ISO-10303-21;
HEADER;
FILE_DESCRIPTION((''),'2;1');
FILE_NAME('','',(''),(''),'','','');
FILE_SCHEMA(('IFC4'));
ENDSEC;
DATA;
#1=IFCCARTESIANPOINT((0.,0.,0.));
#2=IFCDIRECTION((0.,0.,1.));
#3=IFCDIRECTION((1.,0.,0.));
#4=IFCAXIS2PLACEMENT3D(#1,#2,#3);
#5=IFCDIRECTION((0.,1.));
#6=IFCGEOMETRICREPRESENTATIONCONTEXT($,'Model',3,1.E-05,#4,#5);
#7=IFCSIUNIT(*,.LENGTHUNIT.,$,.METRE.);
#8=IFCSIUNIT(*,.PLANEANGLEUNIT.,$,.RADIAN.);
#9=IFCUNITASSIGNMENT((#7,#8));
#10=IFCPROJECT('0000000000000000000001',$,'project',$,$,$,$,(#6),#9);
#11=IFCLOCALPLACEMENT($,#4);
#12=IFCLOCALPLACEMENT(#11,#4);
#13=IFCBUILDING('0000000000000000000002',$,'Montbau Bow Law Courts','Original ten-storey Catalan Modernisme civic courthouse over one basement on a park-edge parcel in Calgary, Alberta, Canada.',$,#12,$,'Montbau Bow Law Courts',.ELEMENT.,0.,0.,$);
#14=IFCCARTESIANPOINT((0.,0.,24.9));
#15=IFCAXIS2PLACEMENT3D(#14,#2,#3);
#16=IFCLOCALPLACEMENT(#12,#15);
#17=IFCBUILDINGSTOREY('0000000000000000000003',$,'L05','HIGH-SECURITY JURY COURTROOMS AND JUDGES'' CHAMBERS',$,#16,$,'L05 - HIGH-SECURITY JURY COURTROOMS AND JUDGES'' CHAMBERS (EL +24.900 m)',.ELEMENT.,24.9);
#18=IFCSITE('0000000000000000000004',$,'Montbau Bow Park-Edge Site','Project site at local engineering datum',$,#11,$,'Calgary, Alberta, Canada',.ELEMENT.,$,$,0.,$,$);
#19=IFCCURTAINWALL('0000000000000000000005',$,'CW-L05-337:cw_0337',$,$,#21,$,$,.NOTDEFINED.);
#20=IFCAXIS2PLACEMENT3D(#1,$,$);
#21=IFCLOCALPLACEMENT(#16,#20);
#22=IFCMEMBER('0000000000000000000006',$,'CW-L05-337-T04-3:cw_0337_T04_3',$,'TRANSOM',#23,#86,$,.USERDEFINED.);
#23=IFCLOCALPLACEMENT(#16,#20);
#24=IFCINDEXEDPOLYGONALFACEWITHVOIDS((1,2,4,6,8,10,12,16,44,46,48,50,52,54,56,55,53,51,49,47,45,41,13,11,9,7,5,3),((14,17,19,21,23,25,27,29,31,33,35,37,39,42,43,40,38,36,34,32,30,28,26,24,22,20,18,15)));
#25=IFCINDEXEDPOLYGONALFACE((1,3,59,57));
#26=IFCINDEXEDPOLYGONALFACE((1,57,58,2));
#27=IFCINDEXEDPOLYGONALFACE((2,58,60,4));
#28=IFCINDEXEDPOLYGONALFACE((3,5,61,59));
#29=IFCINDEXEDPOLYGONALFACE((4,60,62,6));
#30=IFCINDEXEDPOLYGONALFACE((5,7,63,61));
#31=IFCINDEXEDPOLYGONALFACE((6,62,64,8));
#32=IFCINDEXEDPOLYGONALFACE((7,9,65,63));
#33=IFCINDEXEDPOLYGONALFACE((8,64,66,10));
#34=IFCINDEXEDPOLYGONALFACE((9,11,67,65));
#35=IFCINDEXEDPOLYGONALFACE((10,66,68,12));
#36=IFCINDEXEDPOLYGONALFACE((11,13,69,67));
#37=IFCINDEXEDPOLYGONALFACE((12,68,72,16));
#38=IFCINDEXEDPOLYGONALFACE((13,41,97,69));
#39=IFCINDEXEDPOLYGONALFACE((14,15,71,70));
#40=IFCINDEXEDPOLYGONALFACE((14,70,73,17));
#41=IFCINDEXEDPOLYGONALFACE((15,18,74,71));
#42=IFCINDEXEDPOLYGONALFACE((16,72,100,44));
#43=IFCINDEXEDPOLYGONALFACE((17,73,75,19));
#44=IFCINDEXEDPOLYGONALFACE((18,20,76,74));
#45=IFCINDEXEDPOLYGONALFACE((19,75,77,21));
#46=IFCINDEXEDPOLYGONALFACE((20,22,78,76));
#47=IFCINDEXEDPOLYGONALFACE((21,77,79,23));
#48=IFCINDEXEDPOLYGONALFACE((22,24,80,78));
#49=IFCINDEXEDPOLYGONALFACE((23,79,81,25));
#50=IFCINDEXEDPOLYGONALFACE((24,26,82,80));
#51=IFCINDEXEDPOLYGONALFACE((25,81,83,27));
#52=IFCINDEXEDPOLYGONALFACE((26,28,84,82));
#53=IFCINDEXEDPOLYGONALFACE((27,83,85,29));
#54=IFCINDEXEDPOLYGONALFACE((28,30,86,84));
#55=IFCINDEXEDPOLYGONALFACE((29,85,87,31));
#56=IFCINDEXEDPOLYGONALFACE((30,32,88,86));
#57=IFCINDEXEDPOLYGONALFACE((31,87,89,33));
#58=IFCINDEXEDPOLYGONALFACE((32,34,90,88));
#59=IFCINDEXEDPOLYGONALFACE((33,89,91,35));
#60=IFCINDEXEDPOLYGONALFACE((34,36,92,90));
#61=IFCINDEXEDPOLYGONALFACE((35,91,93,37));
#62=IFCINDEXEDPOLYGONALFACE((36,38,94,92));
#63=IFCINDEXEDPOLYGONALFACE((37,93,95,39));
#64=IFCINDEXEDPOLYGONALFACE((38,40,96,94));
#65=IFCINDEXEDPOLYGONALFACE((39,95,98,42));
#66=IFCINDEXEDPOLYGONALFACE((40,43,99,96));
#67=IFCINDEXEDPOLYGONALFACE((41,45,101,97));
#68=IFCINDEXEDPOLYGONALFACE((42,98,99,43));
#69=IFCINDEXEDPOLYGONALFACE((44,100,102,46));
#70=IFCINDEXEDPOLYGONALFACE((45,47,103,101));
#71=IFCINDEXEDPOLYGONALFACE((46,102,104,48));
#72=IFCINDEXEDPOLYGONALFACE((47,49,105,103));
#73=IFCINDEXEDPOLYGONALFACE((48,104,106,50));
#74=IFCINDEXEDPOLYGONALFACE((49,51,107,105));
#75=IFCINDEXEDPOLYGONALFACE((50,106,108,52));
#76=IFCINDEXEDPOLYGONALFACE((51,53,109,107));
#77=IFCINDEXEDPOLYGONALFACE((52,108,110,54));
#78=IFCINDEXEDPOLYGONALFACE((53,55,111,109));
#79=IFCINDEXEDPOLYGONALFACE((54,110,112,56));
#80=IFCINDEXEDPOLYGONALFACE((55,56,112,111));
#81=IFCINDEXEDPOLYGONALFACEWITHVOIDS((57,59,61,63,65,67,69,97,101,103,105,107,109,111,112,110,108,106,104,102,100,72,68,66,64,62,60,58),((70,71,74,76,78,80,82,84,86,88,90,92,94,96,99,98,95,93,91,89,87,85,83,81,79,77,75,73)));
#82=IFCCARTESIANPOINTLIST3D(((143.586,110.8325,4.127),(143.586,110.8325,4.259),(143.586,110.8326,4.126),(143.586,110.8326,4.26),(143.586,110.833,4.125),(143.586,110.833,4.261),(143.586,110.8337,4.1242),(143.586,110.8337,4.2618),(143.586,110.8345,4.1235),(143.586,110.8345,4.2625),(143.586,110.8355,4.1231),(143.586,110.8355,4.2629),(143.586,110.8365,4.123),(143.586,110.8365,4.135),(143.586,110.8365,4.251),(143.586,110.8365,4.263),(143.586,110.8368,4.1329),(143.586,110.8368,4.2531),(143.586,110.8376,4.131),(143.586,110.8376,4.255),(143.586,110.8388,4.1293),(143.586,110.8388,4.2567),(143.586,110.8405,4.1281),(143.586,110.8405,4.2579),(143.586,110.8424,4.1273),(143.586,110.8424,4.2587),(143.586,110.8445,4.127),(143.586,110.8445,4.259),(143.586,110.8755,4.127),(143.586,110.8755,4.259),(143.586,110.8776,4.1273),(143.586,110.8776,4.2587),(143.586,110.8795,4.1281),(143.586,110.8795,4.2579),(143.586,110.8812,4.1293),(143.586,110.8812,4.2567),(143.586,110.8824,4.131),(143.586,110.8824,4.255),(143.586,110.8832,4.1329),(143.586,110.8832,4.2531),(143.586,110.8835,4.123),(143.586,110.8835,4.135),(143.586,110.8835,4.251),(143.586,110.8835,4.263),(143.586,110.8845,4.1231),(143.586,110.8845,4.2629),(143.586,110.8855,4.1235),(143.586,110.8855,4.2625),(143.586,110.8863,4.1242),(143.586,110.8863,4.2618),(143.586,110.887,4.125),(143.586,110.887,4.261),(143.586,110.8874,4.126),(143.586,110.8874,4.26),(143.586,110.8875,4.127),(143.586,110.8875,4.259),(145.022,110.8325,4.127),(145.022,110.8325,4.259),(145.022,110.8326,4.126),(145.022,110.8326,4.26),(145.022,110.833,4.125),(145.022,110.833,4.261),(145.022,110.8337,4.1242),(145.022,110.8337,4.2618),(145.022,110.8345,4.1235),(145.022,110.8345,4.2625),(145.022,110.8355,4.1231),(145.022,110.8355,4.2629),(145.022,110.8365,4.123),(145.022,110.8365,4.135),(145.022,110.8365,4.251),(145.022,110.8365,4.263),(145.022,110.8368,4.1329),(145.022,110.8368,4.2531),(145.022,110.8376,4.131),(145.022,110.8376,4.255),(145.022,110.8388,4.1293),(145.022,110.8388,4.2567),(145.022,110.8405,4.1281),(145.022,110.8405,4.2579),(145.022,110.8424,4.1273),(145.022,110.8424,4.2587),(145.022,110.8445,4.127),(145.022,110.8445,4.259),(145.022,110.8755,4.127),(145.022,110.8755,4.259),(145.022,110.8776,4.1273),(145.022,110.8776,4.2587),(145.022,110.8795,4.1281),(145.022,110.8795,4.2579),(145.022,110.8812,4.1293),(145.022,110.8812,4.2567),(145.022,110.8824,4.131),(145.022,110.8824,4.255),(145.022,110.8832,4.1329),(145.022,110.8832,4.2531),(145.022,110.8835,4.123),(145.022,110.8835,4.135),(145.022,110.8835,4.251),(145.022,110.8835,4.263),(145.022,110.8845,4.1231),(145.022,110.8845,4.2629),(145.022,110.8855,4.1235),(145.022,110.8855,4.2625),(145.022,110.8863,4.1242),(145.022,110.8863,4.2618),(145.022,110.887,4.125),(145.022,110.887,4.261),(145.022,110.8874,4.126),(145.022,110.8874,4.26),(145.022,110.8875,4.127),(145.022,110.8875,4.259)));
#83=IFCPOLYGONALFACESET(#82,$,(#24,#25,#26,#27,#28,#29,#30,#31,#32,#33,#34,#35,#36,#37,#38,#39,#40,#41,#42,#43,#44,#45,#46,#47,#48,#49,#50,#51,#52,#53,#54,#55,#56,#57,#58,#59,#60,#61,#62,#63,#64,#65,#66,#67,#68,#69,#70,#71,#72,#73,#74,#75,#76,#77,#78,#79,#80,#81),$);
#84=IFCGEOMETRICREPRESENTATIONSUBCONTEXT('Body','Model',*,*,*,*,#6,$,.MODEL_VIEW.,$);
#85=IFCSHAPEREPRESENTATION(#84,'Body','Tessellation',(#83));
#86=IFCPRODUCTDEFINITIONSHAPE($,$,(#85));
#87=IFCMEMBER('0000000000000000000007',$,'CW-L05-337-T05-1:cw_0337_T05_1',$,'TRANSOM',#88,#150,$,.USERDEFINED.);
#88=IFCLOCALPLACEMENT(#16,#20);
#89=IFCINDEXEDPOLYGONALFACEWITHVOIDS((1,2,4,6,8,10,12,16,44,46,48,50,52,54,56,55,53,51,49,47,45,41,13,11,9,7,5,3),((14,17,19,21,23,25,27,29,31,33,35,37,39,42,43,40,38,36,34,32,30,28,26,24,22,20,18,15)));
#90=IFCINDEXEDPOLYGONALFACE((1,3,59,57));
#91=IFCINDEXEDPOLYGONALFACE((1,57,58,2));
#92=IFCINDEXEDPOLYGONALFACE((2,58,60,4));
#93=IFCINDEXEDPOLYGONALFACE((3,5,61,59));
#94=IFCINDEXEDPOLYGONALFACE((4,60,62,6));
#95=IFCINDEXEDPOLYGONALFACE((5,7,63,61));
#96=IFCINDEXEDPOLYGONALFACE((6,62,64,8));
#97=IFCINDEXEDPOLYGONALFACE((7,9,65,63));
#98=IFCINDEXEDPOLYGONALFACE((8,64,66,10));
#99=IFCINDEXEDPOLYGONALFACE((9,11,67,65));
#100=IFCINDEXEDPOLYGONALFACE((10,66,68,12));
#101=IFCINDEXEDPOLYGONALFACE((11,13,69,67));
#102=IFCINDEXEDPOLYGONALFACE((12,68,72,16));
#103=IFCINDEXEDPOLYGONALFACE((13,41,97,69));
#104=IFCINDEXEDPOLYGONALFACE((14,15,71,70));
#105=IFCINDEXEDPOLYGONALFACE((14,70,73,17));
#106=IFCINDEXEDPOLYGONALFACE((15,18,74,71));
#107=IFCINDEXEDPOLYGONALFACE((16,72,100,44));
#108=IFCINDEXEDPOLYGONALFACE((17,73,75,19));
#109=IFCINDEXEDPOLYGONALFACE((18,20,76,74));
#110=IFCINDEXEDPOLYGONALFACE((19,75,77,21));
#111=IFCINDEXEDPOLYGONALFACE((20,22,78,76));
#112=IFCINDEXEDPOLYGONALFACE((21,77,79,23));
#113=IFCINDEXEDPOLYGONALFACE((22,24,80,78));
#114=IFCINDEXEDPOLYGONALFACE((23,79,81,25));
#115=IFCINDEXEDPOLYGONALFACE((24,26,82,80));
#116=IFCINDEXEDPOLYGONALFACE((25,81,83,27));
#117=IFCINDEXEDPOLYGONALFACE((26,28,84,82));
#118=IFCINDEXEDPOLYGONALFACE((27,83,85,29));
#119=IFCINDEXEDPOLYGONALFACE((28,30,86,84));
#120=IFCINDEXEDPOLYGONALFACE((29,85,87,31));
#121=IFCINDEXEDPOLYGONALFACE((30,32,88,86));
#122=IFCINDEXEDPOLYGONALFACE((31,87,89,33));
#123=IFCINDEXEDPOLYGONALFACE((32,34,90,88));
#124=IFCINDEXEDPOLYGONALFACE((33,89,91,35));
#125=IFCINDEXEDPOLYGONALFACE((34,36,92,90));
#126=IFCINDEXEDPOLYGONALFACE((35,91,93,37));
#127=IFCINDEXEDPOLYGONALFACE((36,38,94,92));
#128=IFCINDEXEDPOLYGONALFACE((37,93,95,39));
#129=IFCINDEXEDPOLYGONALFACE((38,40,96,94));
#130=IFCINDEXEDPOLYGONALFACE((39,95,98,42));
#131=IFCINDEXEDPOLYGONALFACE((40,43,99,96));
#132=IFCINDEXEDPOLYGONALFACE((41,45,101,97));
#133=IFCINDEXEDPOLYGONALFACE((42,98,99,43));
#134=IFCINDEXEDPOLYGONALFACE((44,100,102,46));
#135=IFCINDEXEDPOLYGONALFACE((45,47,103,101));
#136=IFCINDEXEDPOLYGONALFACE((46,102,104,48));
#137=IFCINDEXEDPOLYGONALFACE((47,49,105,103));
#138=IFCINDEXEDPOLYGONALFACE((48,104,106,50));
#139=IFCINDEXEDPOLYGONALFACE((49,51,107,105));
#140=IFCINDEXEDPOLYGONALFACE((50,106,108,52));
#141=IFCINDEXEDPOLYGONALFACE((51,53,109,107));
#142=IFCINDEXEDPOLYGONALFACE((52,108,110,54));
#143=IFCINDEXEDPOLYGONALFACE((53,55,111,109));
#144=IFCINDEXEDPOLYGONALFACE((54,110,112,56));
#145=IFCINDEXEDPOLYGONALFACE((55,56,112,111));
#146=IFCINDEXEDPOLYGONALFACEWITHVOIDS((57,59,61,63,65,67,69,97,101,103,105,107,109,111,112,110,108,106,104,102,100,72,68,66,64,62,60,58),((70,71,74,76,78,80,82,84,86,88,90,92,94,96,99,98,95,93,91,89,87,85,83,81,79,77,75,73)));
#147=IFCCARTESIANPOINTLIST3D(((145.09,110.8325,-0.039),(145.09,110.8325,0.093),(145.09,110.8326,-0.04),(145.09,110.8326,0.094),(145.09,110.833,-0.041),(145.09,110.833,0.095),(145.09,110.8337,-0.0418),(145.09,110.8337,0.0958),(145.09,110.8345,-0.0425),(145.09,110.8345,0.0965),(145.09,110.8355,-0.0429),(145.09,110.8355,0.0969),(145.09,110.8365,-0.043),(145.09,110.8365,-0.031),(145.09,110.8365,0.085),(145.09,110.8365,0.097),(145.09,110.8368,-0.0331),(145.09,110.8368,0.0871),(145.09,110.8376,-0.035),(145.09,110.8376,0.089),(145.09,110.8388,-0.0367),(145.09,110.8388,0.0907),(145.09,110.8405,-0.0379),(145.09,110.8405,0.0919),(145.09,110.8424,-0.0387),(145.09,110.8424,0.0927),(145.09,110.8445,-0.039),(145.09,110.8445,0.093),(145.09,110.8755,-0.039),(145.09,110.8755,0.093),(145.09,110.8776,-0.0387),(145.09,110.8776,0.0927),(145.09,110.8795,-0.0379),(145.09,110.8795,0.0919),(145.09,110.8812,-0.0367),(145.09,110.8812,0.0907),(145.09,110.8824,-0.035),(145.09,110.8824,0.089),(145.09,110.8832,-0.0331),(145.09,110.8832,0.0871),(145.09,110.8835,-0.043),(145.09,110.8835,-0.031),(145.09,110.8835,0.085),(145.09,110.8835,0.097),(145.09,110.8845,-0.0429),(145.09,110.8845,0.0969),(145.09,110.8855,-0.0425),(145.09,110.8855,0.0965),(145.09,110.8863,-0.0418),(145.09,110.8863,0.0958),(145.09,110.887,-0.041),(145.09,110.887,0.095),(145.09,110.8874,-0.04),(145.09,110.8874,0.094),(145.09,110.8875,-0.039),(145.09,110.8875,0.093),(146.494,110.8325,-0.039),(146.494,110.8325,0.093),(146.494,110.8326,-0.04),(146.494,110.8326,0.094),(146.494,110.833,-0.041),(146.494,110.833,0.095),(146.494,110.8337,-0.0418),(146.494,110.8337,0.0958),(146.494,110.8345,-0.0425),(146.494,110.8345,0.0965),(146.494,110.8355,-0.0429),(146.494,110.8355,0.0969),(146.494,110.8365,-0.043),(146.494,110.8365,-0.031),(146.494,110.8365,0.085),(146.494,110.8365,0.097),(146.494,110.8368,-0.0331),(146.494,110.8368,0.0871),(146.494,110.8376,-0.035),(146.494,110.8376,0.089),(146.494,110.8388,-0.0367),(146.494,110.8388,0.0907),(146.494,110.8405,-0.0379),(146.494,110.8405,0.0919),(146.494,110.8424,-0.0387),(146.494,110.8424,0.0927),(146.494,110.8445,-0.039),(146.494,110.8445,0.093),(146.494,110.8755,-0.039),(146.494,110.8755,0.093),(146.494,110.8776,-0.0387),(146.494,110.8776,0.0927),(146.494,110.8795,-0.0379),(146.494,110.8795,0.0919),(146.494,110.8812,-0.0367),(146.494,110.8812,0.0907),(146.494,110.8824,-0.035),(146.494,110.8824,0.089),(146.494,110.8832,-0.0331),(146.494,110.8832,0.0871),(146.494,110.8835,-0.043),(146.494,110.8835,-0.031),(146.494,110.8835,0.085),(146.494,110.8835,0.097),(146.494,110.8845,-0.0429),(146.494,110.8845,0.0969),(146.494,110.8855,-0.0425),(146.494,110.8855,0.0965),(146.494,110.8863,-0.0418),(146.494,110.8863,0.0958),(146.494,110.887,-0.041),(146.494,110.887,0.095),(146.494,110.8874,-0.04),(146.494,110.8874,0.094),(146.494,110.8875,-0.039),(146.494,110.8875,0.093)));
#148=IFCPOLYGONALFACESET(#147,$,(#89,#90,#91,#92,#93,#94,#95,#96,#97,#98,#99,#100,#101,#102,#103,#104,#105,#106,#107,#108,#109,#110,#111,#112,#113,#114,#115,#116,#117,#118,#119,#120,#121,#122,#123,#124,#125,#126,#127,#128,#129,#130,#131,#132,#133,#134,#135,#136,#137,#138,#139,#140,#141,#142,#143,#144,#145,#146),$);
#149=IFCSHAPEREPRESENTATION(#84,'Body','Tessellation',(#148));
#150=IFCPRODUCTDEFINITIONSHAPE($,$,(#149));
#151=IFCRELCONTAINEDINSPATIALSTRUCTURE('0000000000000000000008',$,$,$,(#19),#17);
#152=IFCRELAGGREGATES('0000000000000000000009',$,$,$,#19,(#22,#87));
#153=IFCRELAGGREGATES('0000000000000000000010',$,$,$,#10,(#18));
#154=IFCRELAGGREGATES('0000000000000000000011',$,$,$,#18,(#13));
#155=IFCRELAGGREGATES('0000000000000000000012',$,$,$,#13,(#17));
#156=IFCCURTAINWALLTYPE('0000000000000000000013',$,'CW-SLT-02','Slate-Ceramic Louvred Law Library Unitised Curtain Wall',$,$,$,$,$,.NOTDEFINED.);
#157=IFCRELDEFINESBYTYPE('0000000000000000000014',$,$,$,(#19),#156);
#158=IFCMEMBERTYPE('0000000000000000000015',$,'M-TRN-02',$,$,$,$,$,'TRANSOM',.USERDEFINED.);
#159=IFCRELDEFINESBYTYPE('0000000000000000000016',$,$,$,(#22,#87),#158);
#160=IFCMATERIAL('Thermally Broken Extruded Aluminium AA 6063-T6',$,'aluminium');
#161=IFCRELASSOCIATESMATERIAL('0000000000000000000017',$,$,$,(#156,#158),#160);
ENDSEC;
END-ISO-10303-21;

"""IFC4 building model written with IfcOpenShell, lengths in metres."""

from ifc_helpers import new_model, si_unit, direction, frame, origin_with_axes, origin_2d_with_axis, place, context, subcontext, project, spatial, hollow_rectangle, extrude, material, material_profile, profile_set, type_object, element, aggregate, save


model = new_model("IFC4")

# Units and contexts
model_context = context("Model", 3, precision=1e-05, world=origin_with_axes(), true_north=direction((0.0, 1.0)))
body_context = subcontext(model_context, "Body", "Model", "MODEL_VIEW")
ifc_project = project(units=[si_unit("LENGTHUNIT", "METRE"), si_unit("PLANEANGLEUNIT", "RADIAN")], contexts=[model_context])

# Site, building, storey
site_placement = place(None, origin_with_axes())
site = spatial("IfcSite", under=ifc_project, at=site_placement, Name="Montbau Bow Park-Edge Site", Description="Project site at local engineering datum", LongName="Calgary, Alberta, Canada", CompositionType="ELEMENT", RefElevation=0.0)
building_placement = place(site_placement, origin_with_axes())
building = spatial("IfcBuilding", under=site, at=building_placement, Name="Montbau Bow Law Courts", Description="Original ten-storey Catalan Modernisme civic courthouse over one basement on a park-edge parcel in Calgary, Alberta, Canada.", LongName="Montbau Bow Law Courts", CompositionType="ELEMENT", ElevationOfRefHeight=0.0, ElevationOfTerrain=0.0)
storey_placement = place(building_placement, frame((0.0, 0.0, 24.9), z_axis=(0.0, 0.0, 1.0), x_axis=(1.0, 0.0, 0.0)))
storey = spatial("IfcBuildingStorey", under=building, at=storey_placement, Name="L05", Description="HIGH-SECURITY JURY COURTROOMS AND JUDGES' CHAMBERS", LongName="L05 - HIGH-SECURITY JURY COURTROOMS AND JUDGES' CHAMBERS (EL +24.900 m)", CompositionType="ELEMENT", Elevation=24.9)

# Curtain wall, members
ifc_material_1 = material(Name="Thermally Broken Extruded Aluminium AA 6063-T6", Category="aluminium")
curtain_wall_type = type_object("IfcCurtainWallType", Name="CW-SLT-02", Description="Slate-Ceramic Louvred Law Library Unitised Curtain Wall", PredefinedType="NOTDEFINED", material=ifc_material_1)
curtain_wall_placement = place(None, frame((139.04, 110.86, 24.9), z_axis=(0.0, 0.0, 1.0), x_axis=(1.0, 0.0, 0.0)))
curtain_wall = element("IfcCurtainWall", 1, at=curtain_wall_placement, inside=storey, type_object=curtain_wall_type, Name="CW-L05-337:cw_0337", PredefinedType="NOTDEFINED")
ifc_material_profile_1 = material_profile(ifc_material_1, hollow_rectangle(XDim=0.055, YDim=0.14, WallThickness=0.004, InnerFilletRadius=0.008, OuterFilletRadius=0.004, at=origin_2d_with_axis()), Name="CWT-140X55", Category="Main", Priority=0)
ifc_profile_set_1 = profile_set([ifc_material_profile_1], Name="Thermally Broken Extruded Aluminium AA 6063-T6")
member_type_1 = type_object("IfcMemberType", Name="M-TRN-02", ElementType="TRANSOM", PredefinedType="USERDEFINED", material=ifc_profile_set_1)
member_1_placement = place(None, frame((143.586, 110.86, 29.093), z_axis=(1.0, 0.0, 0.0), x_axis=(0.0, 1.0, 0.0)))
member_1 = element("IfcMember", 2, at=member_1_placement, type_object=member_type_1, Name="CW-L05-337-T04-3:cw_0337_T04_3", ObjectType="TRANSOM", PredefinedType="USERDEFINED", context=body_context, shape_type="SweptSolid", body=[
    extrude(hollow_rectangle(XDim=0.055, YDim=0.14, WallThickness=0.004, InnerFilletRadius=0.008, OuterFilletRadius=0.004, at=origin_2d_with_axis()), origin_with_axes(), (0.0, 0.0, 1.0), 1.436),
])
member_2_placement = place(None, frame((145.09, 110.86, 24.927), z_axis=(1.0, 0.0, 0.0), x_axis=(0.0, 1.0, 0.0)))
member_2 = element("IfcMember", 3, at=member_2_placement, type_object=member_type_1, Name="CW-L05-337-T05-1:cw_0337_T05_1", ObjectType="TRANSOM", PredefinedType="USERDEFINED", context=body_context, shape_type="SweptSolid", body=[
    extrude(hollow_rectangle(XDim=0.055, YDim=0.14, WallThickness=0.004, InnerFilletRadius=0.008, OuterFilletRadius=0.004, at=origin_2d_with_axis()), origin_with_axes(), (0.0, 0.0, 1.0), 1.404),
])
aggregate(curtain_wall, [member_1, member_2])

save(model, "model.ifc")
